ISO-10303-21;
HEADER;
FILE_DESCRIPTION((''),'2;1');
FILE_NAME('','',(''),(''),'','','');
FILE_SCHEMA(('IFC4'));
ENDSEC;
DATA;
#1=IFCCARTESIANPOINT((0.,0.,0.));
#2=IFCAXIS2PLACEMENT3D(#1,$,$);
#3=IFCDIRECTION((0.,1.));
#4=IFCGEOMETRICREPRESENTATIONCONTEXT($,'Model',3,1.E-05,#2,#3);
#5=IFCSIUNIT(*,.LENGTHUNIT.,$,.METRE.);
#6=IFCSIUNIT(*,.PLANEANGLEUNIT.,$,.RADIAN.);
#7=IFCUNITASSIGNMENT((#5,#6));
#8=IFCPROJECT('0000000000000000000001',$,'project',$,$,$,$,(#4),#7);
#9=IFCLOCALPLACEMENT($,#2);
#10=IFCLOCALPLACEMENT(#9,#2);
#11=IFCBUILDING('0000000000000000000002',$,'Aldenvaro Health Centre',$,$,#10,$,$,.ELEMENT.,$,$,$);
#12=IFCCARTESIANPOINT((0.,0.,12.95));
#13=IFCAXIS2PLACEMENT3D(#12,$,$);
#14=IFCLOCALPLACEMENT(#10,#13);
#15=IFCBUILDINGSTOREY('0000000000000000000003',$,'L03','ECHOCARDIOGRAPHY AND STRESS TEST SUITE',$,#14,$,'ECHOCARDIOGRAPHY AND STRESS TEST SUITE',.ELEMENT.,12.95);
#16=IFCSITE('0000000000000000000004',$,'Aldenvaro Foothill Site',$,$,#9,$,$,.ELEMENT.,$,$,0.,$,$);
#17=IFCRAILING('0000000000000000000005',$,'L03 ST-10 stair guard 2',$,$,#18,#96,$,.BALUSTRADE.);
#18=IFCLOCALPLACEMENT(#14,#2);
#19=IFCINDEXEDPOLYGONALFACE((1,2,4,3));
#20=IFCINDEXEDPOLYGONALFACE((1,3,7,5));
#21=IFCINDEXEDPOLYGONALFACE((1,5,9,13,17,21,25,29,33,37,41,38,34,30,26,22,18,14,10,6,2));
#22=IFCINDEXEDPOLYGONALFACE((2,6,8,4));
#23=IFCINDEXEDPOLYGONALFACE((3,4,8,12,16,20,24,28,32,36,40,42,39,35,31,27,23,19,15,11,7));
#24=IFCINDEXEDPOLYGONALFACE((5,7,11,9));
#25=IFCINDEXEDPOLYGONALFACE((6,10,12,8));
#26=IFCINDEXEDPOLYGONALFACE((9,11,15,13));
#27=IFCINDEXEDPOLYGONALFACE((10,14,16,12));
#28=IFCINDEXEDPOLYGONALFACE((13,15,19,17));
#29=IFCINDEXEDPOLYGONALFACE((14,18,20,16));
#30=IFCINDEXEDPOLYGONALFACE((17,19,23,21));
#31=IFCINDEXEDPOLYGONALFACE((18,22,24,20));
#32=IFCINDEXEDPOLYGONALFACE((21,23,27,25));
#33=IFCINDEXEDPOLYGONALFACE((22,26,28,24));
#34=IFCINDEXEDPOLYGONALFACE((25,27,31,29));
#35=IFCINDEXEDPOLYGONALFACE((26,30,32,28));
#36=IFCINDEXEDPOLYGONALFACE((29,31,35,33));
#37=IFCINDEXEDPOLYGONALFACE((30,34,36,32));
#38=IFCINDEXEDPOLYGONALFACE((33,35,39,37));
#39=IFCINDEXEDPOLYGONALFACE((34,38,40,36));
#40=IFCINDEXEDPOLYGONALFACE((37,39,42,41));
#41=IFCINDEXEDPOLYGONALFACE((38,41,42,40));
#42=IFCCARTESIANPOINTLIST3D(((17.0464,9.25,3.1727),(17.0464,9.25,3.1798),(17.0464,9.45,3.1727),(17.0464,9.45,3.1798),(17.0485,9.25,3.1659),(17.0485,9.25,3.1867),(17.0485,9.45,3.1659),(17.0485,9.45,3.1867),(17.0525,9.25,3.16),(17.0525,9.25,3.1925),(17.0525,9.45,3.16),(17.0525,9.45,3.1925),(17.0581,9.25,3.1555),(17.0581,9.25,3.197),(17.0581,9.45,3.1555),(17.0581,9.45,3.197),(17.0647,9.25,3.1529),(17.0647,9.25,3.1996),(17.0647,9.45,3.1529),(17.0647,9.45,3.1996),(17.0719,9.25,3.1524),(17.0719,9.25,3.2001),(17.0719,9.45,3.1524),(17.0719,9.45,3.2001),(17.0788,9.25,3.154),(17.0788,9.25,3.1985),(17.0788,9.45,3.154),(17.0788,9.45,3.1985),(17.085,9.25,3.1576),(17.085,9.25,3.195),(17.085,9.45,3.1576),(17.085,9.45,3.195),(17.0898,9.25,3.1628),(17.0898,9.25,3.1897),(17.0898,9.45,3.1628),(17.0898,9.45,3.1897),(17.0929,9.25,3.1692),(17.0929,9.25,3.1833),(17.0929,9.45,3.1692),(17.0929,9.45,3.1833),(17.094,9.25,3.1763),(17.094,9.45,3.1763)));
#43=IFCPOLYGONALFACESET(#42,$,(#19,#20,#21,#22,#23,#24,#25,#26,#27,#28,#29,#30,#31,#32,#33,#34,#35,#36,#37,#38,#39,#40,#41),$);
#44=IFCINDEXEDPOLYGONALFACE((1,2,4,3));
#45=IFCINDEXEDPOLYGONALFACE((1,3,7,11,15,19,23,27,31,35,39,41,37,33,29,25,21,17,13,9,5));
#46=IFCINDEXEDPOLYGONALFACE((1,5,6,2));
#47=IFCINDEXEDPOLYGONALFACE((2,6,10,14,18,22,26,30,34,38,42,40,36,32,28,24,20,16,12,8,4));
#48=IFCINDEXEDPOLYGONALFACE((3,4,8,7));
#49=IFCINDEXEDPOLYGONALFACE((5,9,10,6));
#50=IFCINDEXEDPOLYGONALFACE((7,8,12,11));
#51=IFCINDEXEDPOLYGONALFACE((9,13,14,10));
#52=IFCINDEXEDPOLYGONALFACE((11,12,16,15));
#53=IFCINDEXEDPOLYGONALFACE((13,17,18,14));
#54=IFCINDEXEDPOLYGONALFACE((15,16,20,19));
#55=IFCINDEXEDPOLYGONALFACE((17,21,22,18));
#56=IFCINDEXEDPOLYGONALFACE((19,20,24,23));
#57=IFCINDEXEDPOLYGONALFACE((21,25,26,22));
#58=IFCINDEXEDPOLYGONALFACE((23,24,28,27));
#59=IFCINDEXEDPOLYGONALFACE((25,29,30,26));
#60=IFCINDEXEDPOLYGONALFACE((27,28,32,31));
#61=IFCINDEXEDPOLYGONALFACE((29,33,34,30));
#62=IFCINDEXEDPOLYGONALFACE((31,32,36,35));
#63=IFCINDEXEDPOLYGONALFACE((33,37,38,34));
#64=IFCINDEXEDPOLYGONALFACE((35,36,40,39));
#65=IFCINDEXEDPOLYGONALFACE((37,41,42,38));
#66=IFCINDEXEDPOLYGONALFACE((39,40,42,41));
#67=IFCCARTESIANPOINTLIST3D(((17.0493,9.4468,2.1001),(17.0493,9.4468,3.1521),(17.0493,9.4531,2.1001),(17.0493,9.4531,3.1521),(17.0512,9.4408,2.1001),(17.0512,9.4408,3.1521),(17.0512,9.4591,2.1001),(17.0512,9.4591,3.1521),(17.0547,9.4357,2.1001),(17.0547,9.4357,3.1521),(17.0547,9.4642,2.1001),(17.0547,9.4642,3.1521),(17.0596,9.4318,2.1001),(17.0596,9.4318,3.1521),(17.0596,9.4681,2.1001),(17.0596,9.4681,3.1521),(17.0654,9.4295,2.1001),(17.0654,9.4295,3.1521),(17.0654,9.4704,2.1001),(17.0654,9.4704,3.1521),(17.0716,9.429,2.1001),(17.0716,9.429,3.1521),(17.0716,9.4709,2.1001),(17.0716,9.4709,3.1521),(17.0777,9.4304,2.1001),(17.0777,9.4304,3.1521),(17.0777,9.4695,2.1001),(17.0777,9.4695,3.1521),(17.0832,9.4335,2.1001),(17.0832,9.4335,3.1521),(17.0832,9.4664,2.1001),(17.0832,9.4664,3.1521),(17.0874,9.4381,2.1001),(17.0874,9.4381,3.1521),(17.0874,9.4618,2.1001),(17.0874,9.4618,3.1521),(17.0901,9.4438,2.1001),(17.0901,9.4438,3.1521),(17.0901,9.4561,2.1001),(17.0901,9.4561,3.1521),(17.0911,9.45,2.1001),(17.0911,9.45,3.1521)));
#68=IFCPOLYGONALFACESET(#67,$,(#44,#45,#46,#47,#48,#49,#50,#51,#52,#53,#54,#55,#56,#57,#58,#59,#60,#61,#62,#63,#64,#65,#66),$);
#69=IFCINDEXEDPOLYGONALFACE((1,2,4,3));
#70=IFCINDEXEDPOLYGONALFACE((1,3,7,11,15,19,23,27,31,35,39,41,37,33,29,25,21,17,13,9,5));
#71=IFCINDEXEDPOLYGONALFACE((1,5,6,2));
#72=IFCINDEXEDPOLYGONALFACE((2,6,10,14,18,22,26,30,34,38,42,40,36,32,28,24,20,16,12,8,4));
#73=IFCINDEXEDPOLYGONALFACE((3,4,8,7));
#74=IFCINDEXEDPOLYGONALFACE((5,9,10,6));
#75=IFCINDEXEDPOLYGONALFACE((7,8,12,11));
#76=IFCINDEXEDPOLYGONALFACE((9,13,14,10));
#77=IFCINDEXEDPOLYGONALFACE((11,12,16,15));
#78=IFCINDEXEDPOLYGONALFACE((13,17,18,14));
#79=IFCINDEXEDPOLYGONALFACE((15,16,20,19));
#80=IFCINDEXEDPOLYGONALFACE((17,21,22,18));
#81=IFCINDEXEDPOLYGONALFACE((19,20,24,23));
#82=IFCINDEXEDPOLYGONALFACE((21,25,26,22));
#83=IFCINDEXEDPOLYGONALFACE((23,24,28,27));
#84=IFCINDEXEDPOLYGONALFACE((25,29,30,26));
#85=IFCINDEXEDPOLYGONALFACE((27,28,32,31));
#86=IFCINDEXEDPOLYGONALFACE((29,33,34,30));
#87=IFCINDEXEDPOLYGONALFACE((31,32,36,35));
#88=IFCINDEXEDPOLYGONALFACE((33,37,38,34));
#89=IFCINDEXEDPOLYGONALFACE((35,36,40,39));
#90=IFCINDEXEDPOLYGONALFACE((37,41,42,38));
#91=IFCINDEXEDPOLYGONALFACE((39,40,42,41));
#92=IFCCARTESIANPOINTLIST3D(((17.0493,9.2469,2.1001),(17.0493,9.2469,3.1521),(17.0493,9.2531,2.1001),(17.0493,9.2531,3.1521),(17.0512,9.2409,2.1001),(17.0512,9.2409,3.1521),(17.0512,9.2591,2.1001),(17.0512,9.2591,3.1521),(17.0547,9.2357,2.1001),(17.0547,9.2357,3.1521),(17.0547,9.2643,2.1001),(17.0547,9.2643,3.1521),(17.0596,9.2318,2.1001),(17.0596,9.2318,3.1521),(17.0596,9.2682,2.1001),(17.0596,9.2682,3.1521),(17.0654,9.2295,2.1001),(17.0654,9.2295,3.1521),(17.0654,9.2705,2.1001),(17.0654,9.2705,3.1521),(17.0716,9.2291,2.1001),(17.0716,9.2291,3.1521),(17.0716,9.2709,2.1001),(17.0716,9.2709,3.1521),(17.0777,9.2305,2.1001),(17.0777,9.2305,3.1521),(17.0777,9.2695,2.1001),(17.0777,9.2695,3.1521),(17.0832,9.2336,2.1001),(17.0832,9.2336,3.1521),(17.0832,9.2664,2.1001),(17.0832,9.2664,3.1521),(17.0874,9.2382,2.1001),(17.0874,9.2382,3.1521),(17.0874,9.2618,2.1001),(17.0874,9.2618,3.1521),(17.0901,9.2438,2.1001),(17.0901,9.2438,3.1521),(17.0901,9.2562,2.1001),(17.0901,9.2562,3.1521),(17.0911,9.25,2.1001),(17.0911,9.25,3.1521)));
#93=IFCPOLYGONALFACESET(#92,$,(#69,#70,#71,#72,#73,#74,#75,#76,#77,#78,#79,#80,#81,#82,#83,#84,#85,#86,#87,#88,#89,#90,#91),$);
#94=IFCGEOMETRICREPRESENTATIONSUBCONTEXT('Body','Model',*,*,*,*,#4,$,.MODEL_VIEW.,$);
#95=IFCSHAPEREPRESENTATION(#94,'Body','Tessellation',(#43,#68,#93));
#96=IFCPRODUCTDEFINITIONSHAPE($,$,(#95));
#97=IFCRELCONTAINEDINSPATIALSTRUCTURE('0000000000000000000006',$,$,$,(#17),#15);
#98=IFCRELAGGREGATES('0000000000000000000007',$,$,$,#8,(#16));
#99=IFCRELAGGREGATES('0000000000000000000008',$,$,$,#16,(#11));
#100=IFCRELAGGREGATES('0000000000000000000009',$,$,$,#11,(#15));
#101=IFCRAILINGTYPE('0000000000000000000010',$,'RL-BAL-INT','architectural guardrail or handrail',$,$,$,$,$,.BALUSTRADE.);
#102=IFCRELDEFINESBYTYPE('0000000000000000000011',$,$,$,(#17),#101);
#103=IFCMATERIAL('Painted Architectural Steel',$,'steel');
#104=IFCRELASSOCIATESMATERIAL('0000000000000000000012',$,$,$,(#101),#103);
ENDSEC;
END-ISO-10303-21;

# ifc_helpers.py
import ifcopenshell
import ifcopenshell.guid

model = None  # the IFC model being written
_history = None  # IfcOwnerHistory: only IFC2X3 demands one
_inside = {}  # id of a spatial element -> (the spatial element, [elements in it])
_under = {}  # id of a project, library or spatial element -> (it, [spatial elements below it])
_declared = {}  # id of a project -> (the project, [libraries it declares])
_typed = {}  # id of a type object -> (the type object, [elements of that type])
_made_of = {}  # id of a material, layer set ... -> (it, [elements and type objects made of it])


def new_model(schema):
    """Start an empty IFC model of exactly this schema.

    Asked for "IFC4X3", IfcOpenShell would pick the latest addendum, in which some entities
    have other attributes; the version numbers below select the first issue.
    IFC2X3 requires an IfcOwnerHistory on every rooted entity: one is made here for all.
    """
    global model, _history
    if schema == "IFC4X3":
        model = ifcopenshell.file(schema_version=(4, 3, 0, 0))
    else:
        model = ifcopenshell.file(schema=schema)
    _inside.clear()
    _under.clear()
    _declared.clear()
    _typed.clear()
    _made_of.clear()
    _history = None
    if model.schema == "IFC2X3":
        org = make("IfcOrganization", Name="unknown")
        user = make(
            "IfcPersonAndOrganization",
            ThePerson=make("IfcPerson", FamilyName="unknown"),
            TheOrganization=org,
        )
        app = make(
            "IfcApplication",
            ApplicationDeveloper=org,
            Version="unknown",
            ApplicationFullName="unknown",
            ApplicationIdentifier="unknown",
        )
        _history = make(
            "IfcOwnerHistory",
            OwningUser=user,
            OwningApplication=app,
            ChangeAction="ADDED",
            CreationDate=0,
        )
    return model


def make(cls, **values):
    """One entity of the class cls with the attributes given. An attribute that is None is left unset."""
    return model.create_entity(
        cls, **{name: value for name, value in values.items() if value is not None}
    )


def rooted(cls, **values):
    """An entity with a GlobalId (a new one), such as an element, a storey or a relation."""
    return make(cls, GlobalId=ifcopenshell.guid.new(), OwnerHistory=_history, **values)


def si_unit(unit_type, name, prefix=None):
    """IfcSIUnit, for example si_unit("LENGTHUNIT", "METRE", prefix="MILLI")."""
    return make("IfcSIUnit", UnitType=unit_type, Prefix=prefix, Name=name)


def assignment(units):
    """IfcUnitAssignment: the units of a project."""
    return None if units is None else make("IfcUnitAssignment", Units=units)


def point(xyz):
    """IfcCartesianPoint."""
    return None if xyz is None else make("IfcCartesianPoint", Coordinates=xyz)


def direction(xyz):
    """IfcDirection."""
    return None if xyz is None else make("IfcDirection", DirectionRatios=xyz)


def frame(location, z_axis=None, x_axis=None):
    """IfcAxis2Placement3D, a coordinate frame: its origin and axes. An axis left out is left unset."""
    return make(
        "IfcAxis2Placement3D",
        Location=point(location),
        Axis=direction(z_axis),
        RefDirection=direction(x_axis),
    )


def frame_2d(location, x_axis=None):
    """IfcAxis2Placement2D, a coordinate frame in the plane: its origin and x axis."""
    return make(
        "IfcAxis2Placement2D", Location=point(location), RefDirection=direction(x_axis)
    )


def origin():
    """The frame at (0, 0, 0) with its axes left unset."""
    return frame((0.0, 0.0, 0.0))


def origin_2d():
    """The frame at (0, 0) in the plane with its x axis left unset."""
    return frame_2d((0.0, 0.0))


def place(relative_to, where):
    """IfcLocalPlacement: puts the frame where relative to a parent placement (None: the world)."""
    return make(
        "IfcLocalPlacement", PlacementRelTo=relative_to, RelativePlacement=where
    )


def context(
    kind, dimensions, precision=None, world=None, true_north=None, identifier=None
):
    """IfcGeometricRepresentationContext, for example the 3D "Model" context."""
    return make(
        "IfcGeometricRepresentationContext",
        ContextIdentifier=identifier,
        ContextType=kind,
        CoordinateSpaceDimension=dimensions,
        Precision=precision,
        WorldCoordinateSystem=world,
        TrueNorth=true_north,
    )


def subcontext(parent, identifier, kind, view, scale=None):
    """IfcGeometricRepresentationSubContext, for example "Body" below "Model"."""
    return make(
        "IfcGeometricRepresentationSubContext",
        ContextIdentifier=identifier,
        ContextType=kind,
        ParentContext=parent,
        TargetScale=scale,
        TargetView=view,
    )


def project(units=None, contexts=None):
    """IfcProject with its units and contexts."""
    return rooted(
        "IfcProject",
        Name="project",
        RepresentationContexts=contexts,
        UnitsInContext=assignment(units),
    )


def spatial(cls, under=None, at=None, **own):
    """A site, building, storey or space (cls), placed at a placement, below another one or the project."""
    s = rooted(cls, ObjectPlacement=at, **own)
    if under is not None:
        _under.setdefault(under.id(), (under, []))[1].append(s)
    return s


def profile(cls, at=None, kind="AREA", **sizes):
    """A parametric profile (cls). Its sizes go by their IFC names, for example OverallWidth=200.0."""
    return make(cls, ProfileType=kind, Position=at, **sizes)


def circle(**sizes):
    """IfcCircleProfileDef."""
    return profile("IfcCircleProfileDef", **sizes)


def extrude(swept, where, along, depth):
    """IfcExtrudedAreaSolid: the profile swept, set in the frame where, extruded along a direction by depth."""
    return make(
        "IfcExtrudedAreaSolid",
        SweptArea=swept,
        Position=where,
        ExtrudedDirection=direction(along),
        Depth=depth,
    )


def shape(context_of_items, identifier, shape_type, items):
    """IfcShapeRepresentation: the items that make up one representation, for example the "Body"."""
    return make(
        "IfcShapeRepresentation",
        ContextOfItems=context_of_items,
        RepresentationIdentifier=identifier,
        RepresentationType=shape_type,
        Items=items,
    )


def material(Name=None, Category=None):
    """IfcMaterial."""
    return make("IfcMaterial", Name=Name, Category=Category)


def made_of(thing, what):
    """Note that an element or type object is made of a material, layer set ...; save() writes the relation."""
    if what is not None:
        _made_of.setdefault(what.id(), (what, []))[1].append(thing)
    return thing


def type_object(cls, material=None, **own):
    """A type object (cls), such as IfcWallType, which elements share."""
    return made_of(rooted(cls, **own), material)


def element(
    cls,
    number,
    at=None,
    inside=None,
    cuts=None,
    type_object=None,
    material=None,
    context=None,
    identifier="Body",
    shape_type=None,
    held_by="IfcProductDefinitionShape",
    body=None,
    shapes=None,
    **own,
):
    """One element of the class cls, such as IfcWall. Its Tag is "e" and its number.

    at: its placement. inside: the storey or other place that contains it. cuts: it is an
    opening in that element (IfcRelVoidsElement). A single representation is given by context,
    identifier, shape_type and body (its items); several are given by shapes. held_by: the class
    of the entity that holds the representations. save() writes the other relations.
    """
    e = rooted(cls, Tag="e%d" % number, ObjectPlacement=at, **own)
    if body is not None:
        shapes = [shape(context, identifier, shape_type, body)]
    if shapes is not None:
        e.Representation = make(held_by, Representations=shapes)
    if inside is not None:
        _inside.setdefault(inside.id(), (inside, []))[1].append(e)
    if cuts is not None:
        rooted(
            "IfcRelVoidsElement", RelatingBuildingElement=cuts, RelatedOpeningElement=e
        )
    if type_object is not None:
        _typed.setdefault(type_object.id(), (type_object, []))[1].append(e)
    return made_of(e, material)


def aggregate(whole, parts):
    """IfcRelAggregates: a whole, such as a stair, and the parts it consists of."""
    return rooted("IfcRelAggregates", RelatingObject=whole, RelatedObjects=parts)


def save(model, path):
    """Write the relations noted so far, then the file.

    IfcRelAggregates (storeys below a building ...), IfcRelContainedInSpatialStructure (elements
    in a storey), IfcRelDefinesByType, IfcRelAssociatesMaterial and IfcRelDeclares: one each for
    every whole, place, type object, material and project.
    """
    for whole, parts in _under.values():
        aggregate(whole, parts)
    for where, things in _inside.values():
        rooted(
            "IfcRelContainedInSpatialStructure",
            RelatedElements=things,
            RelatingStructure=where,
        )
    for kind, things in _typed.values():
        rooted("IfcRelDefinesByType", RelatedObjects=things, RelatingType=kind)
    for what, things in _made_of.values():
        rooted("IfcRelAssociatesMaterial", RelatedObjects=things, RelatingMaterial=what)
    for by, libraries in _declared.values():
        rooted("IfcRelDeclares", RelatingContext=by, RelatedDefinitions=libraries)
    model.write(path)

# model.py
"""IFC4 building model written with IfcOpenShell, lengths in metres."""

from ifc_helpers import new_model, si_unit, direction, frame, origin, origin_2d, place, context, subcontext, project, spatial, circle, extrude, material, type_object, element, save


model = new_model("IFC4")

# Units and contexts
model_context = context("Model", 3, precision=1e-05, world=origin(), true_north=direction((0.0, 1.0)))
body_context = subcontext(model_context, "Body", "Model", "MODEL_VIEW")
ifc_project = project(units=[si_unit("LENGTHUNIT", "METRE"), si_unit("PLANEANGLEUNIT", "RADIAN")], contexts=[model_context])

# Site, building, storey
site_placement = place(None, origin())
site = spatial("IfcSite", under=ifc_project, at=site_placement, Name="Aldenvaro Foothill Site", CompositionType="ELEMENT", RefElevation=0.0)
building_placement = place(site_placement, origin())
building = spatial("IfcBuilding", under=site, at=building_placement, Name="Aldenvaro Health Centre", CompositionType="ELEMENT")
storey_placement = place(building_placement, frame((0.0, 0.0, 12.95)))
storey = spatial("IfcBuildingStorey", under=building, at=storey_placement, Name="L03", Description="ECHOCARDIOGRAPHY AND STRESS TEST SUITE", LongName="ECHOCARDIOGRAPHY AND STRESS TEST SUITE", CompositionType="ELEMENT", Elevation=12.95)

# Railing
ifc_material_1 = material(Name="Painted Architectural Steel", Category="steel")
railing_type_1 = type_object("IfcRailingType", Name="RL-BAL-INT", Description="architectural guardrail or handrail", PredefinedType="BALUSTRADE", material=ifc_material_1)
railing_1_placement = place(storey_placement, frame((17.0701, 9.45, 2.1001)))
element("IfcRailing", 1, at=railing_1_placement, inside=storey, type_object=railing_type_1, Name="L03 ST-10 stair guard 2", PredefinedType="BALUSTRADE", context=body_context, shape_type="SweptSolid", body=[
    extrude(circle(Radius=0.0239, at=origin_2d()), frame((0.0, 0.0, 1.0762), z_axis=(0.0, -1.0, 0.0), x_axis=(1.0, 0.0, 0.0)), (0.0, 0.0, 1.0), 0.2),
    extrude(circle(Radius=0.021, at=origin_2d()), origin(), (0.0, 0.0, 1.0), 1.052),
    extrude(circle(Radius=0.021, at=origin_2d()), frame((0.0, -0.2, 0.0)), (0.0, 0.0, 1.0), 1.052),
])

save(model, "model.ifc")
